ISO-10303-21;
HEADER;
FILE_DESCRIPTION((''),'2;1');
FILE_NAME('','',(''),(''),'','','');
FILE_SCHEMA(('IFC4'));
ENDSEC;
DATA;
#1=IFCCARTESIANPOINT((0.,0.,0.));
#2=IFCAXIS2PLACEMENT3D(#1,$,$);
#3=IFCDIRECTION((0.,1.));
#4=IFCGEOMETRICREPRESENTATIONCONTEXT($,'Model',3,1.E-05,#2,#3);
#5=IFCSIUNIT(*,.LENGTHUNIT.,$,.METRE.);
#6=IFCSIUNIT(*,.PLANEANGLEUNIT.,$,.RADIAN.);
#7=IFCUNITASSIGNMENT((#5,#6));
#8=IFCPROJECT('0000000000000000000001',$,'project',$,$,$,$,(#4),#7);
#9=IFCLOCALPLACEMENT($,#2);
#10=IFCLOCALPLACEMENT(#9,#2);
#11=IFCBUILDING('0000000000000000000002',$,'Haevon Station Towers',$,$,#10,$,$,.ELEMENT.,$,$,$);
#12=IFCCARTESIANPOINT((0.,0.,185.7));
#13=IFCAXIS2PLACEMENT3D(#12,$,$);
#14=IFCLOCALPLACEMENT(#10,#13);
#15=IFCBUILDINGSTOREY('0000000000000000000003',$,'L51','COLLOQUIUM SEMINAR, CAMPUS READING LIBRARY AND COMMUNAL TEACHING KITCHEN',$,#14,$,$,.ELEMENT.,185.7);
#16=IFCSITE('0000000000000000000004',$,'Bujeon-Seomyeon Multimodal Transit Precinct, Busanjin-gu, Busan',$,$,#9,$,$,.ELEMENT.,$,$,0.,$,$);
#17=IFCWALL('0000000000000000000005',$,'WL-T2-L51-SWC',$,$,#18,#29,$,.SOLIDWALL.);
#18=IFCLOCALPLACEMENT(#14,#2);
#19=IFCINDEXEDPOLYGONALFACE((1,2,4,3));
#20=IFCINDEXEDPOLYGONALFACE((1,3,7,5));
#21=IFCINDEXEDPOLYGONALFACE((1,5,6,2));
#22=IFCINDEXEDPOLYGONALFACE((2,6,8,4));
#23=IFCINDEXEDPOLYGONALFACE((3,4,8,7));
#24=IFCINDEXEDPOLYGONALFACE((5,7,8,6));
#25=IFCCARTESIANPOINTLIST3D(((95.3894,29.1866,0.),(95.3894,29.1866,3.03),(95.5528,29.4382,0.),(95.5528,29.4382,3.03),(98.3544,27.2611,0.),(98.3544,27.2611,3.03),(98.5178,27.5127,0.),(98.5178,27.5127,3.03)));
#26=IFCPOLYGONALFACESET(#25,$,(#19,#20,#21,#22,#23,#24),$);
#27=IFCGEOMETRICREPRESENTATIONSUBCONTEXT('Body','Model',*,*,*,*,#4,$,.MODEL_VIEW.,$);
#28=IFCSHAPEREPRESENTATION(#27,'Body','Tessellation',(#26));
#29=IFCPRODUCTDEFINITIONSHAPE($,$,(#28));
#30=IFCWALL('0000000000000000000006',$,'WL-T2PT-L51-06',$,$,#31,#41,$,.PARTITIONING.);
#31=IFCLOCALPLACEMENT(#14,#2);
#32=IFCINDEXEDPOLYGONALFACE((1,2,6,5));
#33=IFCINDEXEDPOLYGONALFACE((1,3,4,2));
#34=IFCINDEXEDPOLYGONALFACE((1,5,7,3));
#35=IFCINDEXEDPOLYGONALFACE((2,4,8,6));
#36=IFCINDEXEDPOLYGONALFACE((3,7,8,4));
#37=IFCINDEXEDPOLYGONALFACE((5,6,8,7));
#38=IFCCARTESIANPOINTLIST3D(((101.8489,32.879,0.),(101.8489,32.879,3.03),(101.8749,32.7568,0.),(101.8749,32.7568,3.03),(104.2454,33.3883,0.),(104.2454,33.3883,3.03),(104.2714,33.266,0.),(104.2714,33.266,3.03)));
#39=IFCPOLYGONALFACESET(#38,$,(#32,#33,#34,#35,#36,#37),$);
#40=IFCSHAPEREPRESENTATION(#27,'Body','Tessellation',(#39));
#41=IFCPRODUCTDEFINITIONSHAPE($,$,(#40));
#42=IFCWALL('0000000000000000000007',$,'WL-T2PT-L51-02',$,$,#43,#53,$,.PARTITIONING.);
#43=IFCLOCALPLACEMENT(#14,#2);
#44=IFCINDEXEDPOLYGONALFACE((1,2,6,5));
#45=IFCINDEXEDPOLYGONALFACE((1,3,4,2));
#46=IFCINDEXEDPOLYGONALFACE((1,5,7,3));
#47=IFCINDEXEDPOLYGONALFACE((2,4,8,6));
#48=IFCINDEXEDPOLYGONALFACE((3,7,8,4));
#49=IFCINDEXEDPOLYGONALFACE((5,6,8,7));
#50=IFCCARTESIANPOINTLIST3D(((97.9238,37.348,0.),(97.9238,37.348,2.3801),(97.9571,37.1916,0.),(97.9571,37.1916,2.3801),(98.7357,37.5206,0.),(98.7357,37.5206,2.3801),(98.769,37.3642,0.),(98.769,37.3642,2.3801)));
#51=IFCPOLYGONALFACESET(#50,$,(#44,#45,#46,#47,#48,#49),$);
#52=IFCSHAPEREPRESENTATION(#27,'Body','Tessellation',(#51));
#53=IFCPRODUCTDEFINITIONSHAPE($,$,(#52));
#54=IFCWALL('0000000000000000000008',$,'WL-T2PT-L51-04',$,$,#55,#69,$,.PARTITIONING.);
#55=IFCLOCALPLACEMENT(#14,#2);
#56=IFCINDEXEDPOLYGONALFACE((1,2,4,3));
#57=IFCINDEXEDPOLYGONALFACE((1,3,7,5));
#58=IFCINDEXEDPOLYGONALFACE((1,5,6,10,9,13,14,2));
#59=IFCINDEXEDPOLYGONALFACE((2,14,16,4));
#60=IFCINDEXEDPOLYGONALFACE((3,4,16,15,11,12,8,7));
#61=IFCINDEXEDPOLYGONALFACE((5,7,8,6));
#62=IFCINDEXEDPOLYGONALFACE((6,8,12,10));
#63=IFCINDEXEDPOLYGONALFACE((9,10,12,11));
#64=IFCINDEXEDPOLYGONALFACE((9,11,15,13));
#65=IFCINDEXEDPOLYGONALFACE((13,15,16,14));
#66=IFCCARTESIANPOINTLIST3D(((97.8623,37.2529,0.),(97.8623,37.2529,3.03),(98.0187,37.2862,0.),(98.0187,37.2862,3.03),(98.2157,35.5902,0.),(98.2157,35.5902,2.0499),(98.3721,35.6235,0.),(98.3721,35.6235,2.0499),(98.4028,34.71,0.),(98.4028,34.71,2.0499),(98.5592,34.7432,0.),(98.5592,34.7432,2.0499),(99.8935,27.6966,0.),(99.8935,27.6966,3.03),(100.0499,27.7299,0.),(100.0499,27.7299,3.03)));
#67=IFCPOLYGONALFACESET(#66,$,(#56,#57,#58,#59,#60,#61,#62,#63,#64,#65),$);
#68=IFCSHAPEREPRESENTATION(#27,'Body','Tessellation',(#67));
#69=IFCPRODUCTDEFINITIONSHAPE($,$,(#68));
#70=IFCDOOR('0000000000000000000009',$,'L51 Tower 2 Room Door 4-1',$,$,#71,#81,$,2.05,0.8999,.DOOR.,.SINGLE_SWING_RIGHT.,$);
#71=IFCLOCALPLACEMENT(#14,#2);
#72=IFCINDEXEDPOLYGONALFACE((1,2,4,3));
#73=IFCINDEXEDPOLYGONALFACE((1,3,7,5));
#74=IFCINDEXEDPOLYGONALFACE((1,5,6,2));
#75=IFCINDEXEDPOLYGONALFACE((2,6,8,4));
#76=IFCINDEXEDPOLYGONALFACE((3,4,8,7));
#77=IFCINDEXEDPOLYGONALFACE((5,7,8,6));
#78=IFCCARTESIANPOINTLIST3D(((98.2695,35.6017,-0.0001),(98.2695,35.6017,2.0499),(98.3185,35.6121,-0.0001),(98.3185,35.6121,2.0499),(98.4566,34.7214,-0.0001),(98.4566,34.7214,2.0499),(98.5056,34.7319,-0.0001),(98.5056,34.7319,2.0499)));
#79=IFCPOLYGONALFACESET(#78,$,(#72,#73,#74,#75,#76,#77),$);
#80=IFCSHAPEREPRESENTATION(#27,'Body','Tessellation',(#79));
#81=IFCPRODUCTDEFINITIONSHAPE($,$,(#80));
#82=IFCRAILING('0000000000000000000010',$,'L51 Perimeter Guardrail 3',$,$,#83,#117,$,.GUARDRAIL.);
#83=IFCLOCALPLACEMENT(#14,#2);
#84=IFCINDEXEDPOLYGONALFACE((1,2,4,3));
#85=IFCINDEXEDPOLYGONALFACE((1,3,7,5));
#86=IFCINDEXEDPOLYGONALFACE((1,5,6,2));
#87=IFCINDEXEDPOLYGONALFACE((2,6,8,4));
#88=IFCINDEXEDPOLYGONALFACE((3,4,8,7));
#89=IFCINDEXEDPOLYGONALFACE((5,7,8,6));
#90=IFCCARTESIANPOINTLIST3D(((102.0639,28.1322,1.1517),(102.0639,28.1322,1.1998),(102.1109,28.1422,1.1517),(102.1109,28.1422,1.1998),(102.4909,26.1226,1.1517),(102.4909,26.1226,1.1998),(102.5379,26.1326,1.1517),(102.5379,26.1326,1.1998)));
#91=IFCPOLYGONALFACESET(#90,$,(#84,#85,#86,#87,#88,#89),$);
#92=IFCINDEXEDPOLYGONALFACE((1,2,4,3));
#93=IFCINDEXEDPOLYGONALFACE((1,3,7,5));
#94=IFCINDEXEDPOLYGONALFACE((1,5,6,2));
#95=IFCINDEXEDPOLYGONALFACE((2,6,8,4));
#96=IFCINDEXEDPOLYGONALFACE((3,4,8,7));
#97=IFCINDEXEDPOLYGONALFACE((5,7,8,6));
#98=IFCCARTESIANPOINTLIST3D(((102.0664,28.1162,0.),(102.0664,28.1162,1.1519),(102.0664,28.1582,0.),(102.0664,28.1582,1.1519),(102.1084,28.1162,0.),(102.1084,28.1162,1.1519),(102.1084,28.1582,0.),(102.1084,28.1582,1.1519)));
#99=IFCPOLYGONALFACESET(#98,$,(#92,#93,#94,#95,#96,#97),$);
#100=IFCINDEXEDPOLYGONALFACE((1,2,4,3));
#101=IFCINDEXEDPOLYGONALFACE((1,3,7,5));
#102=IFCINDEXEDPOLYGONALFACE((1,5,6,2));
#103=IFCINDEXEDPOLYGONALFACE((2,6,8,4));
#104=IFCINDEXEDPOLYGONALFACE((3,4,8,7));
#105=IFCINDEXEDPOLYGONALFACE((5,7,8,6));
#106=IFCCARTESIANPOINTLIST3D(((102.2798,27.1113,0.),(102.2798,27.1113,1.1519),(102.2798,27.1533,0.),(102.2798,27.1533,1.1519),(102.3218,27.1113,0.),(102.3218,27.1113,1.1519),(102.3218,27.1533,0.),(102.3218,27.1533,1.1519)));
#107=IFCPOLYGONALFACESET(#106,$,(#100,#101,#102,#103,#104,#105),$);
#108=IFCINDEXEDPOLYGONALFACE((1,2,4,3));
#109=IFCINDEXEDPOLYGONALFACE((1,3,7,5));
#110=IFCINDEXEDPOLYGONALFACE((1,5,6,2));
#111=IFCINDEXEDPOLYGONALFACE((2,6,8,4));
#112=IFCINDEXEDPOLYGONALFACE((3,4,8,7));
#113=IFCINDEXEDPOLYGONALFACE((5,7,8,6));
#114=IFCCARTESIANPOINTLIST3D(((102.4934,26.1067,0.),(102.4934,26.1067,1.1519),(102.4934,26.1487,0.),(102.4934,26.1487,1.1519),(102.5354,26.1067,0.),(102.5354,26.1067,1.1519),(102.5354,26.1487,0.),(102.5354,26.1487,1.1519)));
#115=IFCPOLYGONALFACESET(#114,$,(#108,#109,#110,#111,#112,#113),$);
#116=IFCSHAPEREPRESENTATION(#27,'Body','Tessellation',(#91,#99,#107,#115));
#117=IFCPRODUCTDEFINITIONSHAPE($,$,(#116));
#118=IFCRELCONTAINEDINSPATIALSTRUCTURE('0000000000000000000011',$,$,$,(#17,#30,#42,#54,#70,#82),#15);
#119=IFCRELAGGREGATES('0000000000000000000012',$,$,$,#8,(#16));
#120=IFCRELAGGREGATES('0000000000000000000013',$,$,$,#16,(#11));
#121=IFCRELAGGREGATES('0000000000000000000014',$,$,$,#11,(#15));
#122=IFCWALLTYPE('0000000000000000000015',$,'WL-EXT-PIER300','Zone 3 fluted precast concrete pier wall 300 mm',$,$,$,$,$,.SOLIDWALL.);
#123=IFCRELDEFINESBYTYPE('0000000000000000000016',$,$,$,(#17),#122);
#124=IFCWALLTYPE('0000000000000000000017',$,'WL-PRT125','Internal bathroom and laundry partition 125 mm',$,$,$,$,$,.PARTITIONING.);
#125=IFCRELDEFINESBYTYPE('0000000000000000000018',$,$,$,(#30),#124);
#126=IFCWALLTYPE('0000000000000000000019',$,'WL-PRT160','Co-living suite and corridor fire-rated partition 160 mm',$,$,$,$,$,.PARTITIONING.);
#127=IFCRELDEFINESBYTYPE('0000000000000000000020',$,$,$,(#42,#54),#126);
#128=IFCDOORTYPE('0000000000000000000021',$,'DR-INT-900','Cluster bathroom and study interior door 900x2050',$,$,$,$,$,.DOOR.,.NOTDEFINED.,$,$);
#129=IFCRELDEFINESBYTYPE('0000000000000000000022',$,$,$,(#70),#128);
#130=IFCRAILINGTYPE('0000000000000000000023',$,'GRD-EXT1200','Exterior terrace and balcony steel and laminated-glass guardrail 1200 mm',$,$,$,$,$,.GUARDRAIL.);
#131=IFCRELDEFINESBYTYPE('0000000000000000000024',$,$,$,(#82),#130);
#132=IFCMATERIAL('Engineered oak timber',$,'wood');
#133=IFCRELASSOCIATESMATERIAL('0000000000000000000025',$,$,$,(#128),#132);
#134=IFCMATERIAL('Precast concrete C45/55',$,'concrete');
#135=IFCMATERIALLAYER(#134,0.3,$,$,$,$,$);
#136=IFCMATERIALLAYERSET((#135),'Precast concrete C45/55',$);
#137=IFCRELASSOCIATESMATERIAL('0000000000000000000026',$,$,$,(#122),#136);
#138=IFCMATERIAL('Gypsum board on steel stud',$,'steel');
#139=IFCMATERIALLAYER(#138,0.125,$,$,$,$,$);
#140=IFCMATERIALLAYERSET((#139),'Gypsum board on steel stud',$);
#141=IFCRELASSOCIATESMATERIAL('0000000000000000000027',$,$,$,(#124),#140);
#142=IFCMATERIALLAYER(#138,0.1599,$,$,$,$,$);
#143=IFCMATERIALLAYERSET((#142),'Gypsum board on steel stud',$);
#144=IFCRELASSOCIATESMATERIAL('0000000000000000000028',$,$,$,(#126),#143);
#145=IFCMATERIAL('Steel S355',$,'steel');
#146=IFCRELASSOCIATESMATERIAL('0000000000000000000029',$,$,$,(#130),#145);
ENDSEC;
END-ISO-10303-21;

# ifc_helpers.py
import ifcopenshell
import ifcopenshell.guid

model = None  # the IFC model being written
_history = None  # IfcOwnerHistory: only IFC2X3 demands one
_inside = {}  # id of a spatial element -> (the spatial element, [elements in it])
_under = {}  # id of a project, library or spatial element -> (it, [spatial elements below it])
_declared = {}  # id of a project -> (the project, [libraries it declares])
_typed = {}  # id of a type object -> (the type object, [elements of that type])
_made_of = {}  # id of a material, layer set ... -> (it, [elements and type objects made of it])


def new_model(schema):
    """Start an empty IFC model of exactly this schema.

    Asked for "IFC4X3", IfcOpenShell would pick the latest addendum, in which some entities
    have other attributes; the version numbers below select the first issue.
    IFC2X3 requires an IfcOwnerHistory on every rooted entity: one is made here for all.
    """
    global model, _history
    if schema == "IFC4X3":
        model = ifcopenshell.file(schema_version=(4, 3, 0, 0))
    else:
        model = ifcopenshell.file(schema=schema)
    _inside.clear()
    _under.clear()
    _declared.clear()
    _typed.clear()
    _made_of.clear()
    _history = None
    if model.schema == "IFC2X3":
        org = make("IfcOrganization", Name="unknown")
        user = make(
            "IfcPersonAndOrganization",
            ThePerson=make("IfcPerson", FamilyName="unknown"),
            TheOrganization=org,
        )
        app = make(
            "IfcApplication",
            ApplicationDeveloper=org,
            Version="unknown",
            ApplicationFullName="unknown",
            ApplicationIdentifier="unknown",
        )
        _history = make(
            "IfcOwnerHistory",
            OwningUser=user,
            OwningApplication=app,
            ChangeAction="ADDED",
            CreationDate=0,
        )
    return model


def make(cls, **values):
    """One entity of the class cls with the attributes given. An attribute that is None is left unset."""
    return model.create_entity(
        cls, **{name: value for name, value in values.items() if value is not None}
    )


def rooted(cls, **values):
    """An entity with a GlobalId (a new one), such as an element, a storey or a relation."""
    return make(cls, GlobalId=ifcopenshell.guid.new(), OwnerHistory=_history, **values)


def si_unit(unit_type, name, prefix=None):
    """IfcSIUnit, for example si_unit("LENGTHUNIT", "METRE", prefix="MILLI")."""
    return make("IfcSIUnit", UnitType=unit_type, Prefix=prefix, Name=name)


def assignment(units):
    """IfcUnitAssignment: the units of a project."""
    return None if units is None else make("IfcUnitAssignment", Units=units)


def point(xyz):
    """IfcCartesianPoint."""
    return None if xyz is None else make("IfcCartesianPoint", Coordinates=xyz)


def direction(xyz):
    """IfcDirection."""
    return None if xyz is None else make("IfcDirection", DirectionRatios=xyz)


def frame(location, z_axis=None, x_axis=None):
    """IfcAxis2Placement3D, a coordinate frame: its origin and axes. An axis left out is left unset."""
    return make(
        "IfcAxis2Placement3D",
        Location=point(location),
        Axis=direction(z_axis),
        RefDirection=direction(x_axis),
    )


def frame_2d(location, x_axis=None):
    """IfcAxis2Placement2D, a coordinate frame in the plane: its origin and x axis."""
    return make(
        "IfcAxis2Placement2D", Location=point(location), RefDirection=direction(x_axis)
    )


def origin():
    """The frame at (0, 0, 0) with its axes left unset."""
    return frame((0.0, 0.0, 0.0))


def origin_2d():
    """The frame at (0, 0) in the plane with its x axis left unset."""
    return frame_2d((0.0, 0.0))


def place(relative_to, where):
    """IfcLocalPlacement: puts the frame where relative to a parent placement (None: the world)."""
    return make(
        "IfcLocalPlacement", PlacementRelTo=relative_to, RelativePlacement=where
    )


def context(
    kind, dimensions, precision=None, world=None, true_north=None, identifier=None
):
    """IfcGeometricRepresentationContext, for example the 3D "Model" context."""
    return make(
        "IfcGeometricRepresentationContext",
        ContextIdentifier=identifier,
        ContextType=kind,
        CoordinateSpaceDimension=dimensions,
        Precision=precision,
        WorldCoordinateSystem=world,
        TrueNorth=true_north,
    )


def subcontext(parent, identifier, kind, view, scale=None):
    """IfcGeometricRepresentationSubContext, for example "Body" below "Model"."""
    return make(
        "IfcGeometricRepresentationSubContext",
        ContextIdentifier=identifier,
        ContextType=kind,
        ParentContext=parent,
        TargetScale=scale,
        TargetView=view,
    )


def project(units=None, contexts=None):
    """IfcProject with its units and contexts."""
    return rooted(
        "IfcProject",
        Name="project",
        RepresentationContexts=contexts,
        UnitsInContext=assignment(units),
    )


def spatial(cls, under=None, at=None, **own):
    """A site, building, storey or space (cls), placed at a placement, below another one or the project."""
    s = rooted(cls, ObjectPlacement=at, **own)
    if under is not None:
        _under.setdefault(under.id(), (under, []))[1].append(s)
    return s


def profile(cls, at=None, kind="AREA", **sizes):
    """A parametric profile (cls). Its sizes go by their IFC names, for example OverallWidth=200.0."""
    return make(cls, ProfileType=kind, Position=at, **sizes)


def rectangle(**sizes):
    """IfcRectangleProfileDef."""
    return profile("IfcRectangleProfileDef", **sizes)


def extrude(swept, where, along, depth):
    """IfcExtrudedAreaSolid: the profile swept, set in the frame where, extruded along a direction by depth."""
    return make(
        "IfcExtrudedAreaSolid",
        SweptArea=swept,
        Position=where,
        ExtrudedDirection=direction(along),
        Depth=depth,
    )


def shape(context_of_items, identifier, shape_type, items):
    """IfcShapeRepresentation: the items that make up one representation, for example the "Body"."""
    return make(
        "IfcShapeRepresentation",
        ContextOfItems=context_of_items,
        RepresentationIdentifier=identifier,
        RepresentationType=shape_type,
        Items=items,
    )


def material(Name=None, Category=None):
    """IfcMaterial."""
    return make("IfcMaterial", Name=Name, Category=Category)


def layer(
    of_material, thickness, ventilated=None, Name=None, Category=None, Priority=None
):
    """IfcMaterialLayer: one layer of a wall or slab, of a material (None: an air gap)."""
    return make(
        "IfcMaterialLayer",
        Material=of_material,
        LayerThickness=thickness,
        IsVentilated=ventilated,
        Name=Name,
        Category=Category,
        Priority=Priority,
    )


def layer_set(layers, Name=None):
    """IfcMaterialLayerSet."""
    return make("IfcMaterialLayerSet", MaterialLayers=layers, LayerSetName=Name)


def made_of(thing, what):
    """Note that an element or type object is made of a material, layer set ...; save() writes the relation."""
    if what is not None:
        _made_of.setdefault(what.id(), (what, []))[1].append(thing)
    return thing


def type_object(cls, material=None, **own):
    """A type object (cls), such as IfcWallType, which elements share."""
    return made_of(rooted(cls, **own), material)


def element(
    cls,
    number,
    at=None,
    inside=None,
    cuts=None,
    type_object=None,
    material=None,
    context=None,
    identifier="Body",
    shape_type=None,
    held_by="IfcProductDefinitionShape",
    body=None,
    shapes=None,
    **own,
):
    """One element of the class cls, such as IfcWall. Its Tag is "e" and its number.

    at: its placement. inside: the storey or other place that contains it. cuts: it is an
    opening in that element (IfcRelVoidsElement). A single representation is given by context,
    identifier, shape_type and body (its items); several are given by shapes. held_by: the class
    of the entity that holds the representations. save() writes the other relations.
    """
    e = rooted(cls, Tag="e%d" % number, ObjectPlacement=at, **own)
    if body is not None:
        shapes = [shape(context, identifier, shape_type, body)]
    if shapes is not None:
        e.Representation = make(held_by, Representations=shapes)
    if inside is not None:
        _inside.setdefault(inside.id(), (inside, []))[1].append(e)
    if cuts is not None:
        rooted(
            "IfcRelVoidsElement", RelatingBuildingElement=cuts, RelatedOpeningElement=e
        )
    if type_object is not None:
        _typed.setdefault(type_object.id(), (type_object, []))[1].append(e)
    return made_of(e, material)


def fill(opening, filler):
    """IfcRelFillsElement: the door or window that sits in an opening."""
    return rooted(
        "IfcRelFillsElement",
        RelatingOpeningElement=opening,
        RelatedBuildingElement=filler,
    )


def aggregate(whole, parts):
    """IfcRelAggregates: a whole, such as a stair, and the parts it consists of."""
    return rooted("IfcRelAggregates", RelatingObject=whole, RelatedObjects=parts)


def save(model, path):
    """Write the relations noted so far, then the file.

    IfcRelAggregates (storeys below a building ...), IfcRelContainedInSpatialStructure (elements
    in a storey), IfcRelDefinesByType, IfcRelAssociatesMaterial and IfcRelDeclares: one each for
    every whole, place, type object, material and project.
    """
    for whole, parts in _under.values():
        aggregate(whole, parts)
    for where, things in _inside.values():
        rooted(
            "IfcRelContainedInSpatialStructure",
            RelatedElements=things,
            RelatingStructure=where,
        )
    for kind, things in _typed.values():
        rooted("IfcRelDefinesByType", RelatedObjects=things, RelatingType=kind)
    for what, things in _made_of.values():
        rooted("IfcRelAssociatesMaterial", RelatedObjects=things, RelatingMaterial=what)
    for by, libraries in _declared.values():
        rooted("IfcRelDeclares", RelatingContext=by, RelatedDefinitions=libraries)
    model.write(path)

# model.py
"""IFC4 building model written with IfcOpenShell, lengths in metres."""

from ifc_helpers import new_model, si_unit, direction, frame, frame_2d, origin, origin_2d, place, context, subcontext, project, spatial, rectangle, extrude, material, layer, layer_set, type_object, element, fill, save


model = new_model("IFC4")

# Units and contexts
model_context = context("Model", 3, precision=1e-05, world=origin(), true_north=direction((0.0, 1.0)))
body_context = subcontext(model_context, "Body", "Model", "MODEL_VIEW")
ifc_project = project(units=[si_unit("LENGTHUNIT", "METRE"), si_unit("PLANEANGLEUNIT", "RADIAN")], contexts=[model_context])

# Site, building, storey
site_placement = place(None, origin())
site = spatial("IfcSite", under=ifc_project, at=site_placement, Name="Bujeon-Seomyeon Multimodal Transit Precinct, Busanjin-gu, Busan", CompositionType="ELEMENT", RefElevation=0.0)
building_placement = place(site_placement, origin())
building = spatial("IfcBuilding", under=site, at=building_placement, Name="Haevon Station Towers", CompositionType="ELEMENT")
storey_placement = place(building_placement, frame((0.0, 0.0, 185.7)))
storey = spatial("IfcBuildingStorey", under=building, at=storey_placement, Name="L51", Description="COLLOQUIUM SEMINAR, CAMPUS READING LIBRARY AND COMMUNAL TEACHING KITCHEN", CompositionType="ELEMENT", Elevation=185.7)

# Shared definitions
ifc_material_1 = material(Name="Steel S355", Category="steel")

# Shared definitions
ifc_material_2 = material(Name="Gypsum board on steel stud", Category="steel")
ifc_material_3 = material(Name="Engineered oak timber", Category="wood")
door_type_1 = type_object("IfcDoorType", Name="DR-INT-900", Description="Cluster bathroom and study interior door 900x2050", OperationType="NOTDEFINED", PredefinedType="DOOR", material=ifc_material_3)

# Walls
ifc_material_4 = material(Name="Precast concrete C45/55", Category="concrete")
ifc_layer_1 = layer(ifc_material_4, 0.3)
ifc_layer_set_1 = layer_set([ifc_layer_1], Name="Precast concrete C45/55")
wall_type_1 = type_object("IfcWallType", Name="WL-EXT-PIER300", Description="Zone 3 fluted precast concrete pier wall 300 mm", PredefinedType="SOLIDWALL", material=ifc_layer_set_1)
wall_1_placement = place(storey_placement, frame((98.436, 27.387, 0.0), z_axis=(0.0, 0.0, 1.0), x_axis=(-0.838672, 0.544636, 0.0)))
element("IfcWall", 1, at=wall_1_placement, inside=storey, type_object=wall_type_1, Name="WL-T2-L51-SWC", PredefinedType="SOLIDWALL", context=body_context, shape_type="SweptSolid", body=[
    extrude(rectangle(XDim=3.5354, YDim=0.3, at=frame_2d((1.7676, 0.0))), origin(), (0.0, 0.0, 1.0), 3.03),
])
ifc_layer_2 = layer(ifc_material_2, 0.125)
ifc_layer_set_2 = layer_set([ifc_layer_2], Name="Gypsum board on steel stud")
wall_type_2 = type_object("IfcWallType", Name="WL-PRT125", Description="Internal bathroom and laundry partition 125 mm", PredefinedType="PARTITIONING", material=ifc_layer_set_2)
wall_2_placement = place(storey_placement, frame((101.8618, 32.8179, 0.0), z_axis=(0.0, 0.0, 1.0), x_axis=(0.978157, 0.207868, 0.0)))
element("IfcWall", 2, at=wall_2_placement, inside=storey, type_object=wall_type_2, Name="WL-T2PT-L51-06", PredefinedType="PARTITIONING", context=body_context, shape_type="SweptSolid", body=[
    extrude(rectangle(XDim=2.45, YDim=0.125, at=frame_2d((1.2251, 0.0))), origin(), (0.0, 0.0, 1.0), 3.03),
])
ifc_layer_3 = layer(ifc_material_2, 0.1599)
ifc_layer_set_3 = layer_set([ifc_layer_3], Name="Gypsum board on steel stud")
wall_type_3 = type_object("IfcWallType", Name="WL-PRT160", Description="Co-living suite and corridor fire-rated partition 160 mm", PredefinedType="PARTITIONING", material=ifc_layer_set_3)
wall_3_placement = place(storey_placement, frame((97.9404, 37.2698, 0.0), z_axis=(0.0, 0.0, 1.0), x_axis=(0.978145, 0.207922, 0.0)))
element("IfcWall", 3, at=wall_3_placement, inside=storey, type_object=wall_type_3, Name="WL-T2PT-L51-02", PredefinedType="PARTITIONING", context=body_context, shape_type="SweptSolid", body=[
    extrude(rectangle(XDim=0.8301, YDim=0.1599, at=frame_2d((0.415, 0.0))), origin(), (0.0, 0.0, 1.0), 2.3801),
])

# Wall, opening, door
wall_4_placement = place(storey_placement, frame((99.9717, 27.7134, 0.0), z_axis=(0.0, 0.0, 1.0), x_axis=(-0.207909, 0.978148, 0.0)))
wall_4 = element("IfcWall", 4, at=wall_4_placement, inside=storey, type_object=wall_type_3, Name="WL-T2PT-L51-04", PredefinedType="PARTITIONING", context=body_context, shape_type="SweptSolid", body=[
    extrude(rectangle(XDim=9.7698, YDim=0.1599, at=frame_2d((4.8848, 0.0))), origin(), (0.0, 0.0, 1.0), 3.03),
])
opening_1_placement = place(wall_4_placement, frame((7.1699, 0.0, 0.0)))
opening_1 = element("IfcOpeningElement", 5, at=opening_1_placement, cuts=wall_4, PredefinedType="OPENING", context=body_context, shape_type="SweptSolid", body=[
    extrude(rectangle(XDim=0.8999, YDim=2.05, at=frame_2d((0.45, 1.0249))), frame((0.0, 0.0898, 0.0), z_axis=(0.0, -1.0, 0.0), x_axis=(1.0, 0.0, 0.0)), (0.0, 0.0, 1.0), 0.1799),
])
door_1_placement = place(opening_1_placement, origin())
door_1 = element("IfcDoor", 6, at=door_1_placement, inside=storey, type_object=door_type_1, Name="L51 Tower 2 Room Door 4-1", OperationType="SINGLE_SWING_RIGHT", OverallHeight=2.05, OverallWidth=0.8999, PredefinedType="DOOR", context=body_context, shape_type="SweptSolid", body=[
    extrude(rectangle(XDim=0.8999, YDim=2.05, at=frame_2d((0.45, 1.0249))), frame((0.0, 0.0249, 0.0), z_axis=(0.0, -1.0, 0.0), x_axis=(1.0, 0.0, 0.0)), (0.0, 0.0, 1.0), 0.05),
])
fill(opening_1, door_1)

# Railing
railing_type = type_object("IfcRailingType", Name="GRD-EXT1200", Description="Exterior terrace and balcony steel and laminated-glass guardrail 1200 mm", PredefinedType="GUARDRAIL", material=ifc_material_1)
railing_placement = place(storey_placement, frame((102.0874, 28.1372, 0.0)))
element("IfcRailing", 7, at=railing_placement, inside=storey, type_object=railing_type, Name="L51 Perimeter Guardrail 3", PredefinedType="GUARDRAIL", context=body_context, shape_type="SweptSolid", body=[
    extrude(rectangle(XDim=0.0481, YDim=0.0481, at=origin_2d()), frame((0.0, 0.0, 1.1758), z_axis=(0.207849, -0.978161, 0.0), x_axis=(0.978161, 0.207849, 0.0)), (0.0, 0.0, 1.0), 2.0544),
    extrude(rectangle(XDim=0.042, YDim=0.042, at=origin_2d()), origin(), (0.0, 0.0, 1.0), 1.1519),
    extrude(rectangle(XDim=0.042, YDim=0.042, at=origin_2d()), frame((0.2134, -1.0049, 0.0)), (0.0, 0.0, 1.0), 1.1519),
    extrude(rectangle(XDim=0.042, YDim=0.042, at=origin_2d()), frame((0.427, -2.0095, 0.0)), (0.0, 0.0, 1.0), 1.1519),
])

save(model, "model.ifc")
